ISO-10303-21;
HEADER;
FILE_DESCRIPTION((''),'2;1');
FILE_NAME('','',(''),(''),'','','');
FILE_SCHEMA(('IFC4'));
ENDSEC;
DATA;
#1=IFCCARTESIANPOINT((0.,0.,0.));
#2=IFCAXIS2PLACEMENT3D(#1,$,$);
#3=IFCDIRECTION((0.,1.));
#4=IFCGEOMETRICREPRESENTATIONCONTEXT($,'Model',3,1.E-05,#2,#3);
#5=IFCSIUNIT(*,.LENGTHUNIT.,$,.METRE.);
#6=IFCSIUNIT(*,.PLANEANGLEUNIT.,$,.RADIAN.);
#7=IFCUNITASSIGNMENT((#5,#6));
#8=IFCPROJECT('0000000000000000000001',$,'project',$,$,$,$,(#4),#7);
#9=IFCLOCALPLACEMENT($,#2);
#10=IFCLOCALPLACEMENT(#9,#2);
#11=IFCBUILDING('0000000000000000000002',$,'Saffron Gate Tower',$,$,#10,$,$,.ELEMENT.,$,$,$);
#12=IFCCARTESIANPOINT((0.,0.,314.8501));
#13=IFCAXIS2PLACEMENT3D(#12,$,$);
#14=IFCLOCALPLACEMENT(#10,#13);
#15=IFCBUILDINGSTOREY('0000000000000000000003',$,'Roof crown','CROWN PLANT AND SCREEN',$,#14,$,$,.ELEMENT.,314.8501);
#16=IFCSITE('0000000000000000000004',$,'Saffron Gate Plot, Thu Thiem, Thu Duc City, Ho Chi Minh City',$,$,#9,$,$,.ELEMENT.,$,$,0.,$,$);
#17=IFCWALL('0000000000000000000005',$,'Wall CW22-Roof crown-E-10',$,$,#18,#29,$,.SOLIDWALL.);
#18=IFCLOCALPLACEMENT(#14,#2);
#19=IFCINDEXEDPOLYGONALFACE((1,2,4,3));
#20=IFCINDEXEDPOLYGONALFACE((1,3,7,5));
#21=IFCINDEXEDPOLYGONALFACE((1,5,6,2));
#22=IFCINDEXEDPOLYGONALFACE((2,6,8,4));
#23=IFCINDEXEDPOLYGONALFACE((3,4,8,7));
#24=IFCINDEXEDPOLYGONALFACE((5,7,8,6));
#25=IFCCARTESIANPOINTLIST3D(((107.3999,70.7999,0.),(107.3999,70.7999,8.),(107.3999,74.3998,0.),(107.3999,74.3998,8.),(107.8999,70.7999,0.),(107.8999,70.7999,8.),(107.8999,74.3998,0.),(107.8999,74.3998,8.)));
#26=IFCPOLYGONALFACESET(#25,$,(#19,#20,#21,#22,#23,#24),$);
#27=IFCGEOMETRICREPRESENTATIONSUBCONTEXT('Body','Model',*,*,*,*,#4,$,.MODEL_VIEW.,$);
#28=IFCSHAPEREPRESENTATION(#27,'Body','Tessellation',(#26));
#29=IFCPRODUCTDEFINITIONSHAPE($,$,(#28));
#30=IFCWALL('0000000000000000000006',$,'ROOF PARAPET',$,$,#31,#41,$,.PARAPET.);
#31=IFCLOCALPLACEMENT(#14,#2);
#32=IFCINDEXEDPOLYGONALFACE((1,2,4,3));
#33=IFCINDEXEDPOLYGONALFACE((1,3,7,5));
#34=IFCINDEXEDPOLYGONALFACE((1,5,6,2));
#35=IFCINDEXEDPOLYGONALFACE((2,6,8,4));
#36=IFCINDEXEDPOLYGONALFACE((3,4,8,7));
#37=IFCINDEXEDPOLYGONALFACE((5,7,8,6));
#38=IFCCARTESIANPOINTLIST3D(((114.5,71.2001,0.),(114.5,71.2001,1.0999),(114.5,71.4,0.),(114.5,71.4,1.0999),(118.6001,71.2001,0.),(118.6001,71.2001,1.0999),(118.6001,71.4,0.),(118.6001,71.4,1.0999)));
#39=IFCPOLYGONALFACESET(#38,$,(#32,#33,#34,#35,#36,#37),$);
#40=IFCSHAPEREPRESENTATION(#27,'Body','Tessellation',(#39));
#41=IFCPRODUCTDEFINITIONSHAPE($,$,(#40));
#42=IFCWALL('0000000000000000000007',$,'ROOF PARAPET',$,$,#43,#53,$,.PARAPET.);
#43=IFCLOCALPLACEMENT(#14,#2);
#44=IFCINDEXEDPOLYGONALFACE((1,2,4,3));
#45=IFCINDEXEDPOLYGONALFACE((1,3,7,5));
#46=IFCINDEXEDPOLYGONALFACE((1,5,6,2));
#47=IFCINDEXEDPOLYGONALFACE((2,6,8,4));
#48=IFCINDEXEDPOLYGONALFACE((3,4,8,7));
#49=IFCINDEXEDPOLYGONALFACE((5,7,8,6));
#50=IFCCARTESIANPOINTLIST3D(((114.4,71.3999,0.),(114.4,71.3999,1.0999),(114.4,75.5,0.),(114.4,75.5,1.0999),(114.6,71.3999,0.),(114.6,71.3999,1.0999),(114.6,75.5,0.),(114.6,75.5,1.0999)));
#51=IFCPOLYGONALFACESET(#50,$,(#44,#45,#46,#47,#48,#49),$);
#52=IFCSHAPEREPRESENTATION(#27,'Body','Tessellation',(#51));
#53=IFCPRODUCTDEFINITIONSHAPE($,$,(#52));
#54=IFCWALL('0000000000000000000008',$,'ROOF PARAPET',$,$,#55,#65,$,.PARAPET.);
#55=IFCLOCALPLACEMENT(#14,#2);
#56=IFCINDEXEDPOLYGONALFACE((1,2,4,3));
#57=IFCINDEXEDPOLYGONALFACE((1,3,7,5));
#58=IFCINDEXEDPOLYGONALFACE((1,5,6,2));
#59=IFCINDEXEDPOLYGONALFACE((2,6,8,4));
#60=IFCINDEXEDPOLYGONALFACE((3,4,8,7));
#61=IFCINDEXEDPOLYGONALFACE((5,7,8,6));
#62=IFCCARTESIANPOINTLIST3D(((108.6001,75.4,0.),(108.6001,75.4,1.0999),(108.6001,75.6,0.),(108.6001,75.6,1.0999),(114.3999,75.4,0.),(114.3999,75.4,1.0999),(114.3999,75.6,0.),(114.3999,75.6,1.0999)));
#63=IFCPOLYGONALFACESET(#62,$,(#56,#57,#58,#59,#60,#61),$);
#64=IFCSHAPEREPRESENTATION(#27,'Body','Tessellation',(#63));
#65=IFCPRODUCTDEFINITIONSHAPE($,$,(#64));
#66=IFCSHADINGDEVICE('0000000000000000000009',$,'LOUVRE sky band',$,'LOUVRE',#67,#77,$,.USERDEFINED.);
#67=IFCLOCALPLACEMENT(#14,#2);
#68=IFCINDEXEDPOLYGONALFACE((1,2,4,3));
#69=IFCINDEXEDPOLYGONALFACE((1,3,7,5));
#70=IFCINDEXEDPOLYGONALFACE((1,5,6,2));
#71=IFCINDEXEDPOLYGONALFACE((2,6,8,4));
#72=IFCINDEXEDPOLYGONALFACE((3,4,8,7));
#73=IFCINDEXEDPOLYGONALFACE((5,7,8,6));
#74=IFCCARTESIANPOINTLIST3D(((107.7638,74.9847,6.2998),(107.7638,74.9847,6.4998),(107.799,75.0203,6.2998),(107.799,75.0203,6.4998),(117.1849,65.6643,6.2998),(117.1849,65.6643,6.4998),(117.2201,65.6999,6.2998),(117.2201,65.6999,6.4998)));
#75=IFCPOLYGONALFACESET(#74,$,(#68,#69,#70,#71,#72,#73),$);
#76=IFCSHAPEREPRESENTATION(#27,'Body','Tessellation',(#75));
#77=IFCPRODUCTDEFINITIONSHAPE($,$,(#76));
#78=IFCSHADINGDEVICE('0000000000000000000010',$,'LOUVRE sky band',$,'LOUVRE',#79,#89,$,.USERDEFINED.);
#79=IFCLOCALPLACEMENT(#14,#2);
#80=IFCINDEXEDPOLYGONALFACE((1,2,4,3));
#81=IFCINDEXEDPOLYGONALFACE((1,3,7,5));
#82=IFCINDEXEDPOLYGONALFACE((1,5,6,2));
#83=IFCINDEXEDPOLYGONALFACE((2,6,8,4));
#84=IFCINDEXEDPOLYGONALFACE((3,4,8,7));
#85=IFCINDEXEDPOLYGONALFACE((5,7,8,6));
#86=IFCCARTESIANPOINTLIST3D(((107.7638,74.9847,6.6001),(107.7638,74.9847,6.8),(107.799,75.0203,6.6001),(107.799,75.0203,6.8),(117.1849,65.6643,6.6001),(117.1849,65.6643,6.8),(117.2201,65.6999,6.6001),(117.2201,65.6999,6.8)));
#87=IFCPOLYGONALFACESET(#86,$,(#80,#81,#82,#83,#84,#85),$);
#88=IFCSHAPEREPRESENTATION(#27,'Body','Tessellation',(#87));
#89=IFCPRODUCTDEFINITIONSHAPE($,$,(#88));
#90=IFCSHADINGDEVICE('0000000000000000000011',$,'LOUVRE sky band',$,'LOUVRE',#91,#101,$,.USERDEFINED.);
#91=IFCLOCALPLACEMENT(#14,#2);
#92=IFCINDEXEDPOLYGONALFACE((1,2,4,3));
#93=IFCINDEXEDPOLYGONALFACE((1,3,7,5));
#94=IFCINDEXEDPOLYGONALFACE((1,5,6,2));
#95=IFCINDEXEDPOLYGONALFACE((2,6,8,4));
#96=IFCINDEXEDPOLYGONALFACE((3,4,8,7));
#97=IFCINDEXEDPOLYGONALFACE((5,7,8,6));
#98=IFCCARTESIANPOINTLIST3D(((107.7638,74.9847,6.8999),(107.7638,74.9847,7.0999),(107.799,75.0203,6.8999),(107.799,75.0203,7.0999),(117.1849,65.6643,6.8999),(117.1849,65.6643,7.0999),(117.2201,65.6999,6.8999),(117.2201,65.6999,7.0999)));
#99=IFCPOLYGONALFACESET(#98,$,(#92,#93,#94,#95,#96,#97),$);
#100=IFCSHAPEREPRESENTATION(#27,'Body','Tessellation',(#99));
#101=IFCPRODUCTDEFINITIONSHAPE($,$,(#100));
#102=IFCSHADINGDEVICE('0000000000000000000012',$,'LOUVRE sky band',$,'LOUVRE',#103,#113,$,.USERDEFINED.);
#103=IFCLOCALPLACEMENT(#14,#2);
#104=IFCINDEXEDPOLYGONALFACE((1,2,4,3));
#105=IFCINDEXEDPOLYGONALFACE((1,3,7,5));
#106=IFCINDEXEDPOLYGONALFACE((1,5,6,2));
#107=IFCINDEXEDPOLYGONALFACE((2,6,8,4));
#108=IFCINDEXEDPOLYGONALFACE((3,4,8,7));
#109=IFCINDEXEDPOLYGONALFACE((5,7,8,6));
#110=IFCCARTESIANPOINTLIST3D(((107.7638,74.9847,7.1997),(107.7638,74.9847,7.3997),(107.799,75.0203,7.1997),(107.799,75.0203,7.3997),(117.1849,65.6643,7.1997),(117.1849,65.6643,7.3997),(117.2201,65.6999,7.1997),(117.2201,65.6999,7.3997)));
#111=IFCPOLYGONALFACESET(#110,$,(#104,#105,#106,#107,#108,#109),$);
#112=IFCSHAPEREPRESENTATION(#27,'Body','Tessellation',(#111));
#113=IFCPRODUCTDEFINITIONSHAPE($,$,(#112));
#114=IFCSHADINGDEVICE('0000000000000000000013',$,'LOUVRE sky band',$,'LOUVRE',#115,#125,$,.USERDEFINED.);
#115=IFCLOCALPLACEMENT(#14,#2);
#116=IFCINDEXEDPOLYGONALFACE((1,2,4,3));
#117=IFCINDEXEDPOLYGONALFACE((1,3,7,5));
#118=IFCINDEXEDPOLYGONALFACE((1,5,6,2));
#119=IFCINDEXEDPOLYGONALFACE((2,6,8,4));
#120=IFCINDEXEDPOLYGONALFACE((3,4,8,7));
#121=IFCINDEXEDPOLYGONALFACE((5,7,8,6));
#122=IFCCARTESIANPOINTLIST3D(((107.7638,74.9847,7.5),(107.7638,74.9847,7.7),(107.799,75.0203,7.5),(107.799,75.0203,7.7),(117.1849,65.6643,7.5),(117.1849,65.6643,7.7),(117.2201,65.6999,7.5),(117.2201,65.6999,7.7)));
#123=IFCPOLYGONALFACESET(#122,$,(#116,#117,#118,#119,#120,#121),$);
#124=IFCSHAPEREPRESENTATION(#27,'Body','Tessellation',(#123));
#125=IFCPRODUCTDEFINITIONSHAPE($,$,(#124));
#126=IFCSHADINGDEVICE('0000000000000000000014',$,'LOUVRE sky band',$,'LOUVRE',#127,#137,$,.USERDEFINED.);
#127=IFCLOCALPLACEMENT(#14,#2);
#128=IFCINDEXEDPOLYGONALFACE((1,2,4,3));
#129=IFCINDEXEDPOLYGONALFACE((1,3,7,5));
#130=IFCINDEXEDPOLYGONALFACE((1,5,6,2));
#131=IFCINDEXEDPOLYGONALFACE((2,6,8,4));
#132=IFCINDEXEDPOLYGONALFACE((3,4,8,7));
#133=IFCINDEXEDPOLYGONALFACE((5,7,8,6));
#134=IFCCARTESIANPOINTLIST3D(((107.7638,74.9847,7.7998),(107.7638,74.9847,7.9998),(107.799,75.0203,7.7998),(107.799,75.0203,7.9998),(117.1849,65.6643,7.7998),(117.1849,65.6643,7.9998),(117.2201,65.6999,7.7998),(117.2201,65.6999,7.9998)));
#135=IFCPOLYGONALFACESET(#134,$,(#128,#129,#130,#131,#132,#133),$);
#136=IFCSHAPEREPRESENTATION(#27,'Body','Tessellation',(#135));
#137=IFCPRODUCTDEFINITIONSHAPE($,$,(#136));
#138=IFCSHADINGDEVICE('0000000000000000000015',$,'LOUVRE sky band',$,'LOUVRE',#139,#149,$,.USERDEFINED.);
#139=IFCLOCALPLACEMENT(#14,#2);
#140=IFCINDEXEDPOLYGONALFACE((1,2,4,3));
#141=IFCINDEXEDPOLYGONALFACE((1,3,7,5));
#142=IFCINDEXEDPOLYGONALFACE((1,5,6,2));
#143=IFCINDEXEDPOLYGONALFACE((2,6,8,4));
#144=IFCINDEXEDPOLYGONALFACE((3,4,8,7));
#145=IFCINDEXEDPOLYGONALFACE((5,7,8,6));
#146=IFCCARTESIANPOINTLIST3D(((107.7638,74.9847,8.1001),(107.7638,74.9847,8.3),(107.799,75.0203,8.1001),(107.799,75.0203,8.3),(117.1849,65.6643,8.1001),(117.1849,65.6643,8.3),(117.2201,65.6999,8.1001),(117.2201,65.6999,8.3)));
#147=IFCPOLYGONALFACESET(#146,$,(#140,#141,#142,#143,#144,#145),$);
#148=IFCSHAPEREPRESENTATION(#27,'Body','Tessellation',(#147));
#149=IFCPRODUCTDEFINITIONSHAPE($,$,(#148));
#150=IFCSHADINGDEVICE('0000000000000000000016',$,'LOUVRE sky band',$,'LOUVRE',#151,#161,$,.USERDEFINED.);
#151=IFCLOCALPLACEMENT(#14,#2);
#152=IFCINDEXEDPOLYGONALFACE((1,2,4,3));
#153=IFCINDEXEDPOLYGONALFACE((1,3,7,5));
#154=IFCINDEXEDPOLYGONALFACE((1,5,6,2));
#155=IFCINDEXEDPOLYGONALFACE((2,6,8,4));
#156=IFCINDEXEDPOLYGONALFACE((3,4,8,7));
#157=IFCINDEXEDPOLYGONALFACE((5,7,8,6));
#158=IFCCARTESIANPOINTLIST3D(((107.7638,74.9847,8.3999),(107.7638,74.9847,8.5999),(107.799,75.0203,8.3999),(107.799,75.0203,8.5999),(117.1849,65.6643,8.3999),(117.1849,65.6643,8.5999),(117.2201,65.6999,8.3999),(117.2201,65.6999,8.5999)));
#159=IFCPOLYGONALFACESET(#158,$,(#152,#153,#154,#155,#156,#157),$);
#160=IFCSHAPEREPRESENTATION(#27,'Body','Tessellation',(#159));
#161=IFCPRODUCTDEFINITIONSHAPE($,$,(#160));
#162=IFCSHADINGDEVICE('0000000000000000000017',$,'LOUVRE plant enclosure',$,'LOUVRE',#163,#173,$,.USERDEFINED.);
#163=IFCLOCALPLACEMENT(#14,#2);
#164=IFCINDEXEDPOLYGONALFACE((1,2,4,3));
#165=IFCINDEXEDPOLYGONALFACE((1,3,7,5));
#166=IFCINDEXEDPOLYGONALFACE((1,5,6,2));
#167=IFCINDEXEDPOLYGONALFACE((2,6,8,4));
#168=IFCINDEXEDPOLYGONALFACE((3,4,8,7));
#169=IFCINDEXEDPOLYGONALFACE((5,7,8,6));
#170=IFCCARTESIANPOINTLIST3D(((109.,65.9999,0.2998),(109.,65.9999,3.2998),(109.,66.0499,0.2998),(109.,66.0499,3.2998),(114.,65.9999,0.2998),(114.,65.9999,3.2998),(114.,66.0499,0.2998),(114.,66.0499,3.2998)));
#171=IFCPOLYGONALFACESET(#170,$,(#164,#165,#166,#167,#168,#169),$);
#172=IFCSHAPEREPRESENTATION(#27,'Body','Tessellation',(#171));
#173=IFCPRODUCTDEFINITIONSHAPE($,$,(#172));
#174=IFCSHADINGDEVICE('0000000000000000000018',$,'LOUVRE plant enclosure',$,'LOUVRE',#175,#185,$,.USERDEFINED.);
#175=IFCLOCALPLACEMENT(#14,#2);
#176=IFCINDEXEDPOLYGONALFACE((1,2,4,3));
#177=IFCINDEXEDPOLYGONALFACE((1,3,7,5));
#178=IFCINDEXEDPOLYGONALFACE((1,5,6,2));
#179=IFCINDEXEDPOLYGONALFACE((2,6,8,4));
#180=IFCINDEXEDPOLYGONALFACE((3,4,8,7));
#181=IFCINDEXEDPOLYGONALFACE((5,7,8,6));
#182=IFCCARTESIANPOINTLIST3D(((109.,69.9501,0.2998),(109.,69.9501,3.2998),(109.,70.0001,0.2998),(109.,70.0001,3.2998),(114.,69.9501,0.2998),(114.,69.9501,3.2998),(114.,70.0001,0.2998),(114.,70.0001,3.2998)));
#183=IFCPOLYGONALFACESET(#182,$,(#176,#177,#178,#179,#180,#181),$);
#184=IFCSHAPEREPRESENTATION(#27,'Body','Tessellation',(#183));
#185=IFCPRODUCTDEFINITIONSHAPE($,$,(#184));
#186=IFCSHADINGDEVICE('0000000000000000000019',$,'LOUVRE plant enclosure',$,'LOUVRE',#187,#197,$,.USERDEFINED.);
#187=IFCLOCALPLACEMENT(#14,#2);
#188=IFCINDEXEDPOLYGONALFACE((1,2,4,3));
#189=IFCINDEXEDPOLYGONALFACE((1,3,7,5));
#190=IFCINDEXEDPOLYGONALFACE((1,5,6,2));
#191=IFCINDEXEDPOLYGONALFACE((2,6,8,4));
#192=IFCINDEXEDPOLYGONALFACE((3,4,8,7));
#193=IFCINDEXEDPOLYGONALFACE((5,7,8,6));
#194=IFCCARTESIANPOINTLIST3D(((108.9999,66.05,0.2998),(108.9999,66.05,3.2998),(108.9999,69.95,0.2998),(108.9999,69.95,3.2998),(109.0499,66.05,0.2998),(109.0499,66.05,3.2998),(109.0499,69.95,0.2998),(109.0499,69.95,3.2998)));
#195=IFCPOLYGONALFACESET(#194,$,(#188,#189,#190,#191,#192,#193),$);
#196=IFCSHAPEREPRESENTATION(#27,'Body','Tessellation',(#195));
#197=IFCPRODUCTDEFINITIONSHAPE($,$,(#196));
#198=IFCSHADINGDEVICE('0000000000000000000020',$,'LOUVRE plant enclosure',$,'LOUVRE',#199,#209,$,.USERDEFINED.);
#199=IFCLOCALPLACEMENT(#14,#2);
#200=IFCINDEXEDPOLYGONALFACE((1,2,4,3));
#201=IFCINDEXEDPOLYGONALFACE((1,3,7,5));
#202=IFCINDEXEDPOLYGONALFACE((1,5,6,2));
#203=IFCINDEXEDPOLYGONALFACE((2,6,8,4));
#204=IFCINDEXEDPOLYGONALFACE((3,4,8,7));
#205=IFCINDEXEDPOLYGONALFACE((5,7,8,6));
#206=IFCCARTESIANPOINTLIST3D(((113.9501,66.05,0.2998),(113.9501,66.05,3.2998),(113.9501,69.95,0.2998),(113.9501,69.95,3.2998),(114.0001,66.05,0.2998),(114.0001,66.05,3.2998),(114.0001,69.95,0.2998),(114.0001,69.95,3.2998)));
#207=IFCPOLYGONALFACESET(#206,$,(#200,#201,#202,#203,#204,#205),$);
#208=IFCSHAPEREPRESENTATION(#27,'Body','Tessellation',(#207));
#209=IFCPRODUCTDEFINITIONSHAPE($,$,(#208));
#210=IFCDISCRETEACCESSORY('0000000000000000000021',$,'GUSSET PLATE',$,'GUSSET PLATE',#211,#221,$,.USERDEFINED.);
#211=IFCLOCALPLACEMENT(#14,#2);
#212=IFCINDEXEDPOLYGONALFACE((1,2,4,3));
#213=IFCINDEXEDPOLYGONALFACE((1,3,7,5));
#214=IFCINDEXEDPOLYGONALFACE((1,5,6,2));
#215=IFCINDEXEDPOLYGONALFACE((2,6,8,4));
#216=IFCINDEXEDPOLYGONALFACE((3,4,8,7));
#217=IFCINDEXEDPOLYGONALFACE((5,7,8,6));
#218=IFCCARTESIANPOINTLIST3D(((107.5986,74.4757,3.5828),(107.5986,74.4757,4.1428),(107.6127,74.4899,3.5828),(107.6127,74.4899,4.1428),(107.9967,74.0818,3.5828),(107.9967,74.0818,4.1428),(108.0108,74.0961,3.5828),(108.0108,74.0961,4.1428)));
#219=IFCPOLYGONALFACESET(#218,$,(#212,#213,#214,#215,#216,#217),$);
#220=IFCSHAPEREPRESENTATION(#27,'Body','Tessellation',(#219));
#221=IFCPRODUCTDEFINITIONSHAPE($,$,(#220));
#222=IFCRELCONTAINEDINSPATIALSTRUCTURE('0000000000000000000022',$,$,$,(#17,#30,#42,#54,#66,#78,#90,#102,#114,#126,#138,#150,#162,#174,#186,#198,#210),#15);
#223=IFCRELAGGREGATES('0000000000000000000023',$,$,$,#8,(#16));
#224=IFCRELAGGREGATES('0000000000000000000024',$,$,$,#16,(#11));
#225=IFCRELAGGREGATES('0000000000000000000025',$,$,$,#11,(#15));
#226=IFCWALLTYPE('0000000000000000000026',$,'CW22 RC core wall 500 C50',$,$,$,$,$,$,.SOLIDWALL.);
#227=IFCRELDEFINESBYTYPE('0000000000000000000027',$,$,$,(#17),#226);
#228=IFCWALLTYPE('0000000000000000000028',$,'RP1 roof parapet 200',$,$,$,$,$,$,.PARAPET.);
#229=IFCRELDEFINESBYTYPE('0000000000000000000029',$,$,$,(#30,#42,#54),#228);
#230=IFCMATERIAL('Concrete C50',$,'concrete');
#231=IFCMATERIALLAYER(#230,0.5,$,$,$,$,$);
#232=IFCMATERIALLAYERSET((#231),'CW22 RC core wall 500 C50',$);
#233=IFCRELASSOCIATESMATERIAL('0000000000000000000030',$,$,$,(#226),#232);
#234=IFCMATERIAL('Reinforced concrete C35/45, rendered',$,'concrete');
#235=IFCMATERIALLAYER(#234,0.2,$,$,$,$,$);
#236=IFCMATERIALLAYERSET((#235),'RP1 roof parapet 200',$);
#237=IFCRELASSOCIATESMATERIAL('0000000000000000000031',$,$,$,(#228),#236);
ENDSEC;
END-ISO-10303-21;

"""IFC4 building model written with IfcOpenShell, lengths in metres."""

from ifc_helpers import new_model, si_unit, direction, frame, frame_2d, origin, origin_2d, place, context, subcontext, project, spatial, rectangle, extrude, material, layer, layer_set, type_object, element, save


model = new_model("IFC4")

# Units and contexts
model_context = context("Model", 3, precision=1e-05, world=origin(), true_north=direction((0.0, 1.0)))
body_context = subcontext(model_context, "Body", "Model", "MODEL_VIEW")
ifc_project = project(units=[si_unit("LENGTHUNIT", "METRE"), si_unit("PLANEANGLEUNIT", "RADIAN")], contexts=[model_context])

# Site, building, storey
site_placement = place(None, origin())
site = spatial("IfcSite", under=ifc_project, at=site_placement, Name="Saffron Gate Plot, Thu Thiem, Thu Duc City, Ho Chi Minh City", CompositionType="ELEMENT", RefElevation=0.0)
building_placement = place(site_placement, origin())
building = spatial("IfcBuilding", under=site, at=building_placement, Name="Saffron Gate Tower", CompositionType="ELEMENT")
storey_placement = place(building_placement, frame((0.0, 0.0, 314.8501)))
storey = spatial("IfcBuildingStorey", under=building, at=storey_placement, Name="Roof crown", Description="CROWN PLANT AND SCREEN", CompositionType="ELEMENT", Elevation=314.8501)

# Walls
ifc_material_1 = material(Name="Concrete C50", Category="concrete")
ifc_layer_1 = layer(ifc_material_1, 0.5)
ifc_layer_set_1 = layer_set([ifc_layer_1], Name="CW22 RC core wall 500 C50")
wall_type_1 = type_object("IfcWallType", Name="CW22 RC core wall 500 C50", PredefinedType="SOLIDWALL", material=ifc_layer_set_1)
wall_1_placement = place(storey_placement, frame((107.6499, 70.8, 0.0), z_axis=(0.0, 0.0, 1.0), x_axis=(0.0, 1.0, 0.0)))
element("IfcWall", 1, at=wall_1_placement, inside=storey, type_object=wall_type_1, Name="Wall CW22-Roof crown-E-10", PredefinedType="SOLIDWALL", context=body_context, shape_type="SweptSolid", body=[
    extrude(rectangle(XDim=3.5999, YDim=0.5, at=frame_2d((1.7998, 0.0))), origin(), (0.0, 0.0, 1.0), 8.0),
])
ifc_material_2 = material(Name="Reinforced concrete C35/45, rendered", Category="concrete")
ifc_layer_2 = layer(ifc_material_2, 0.2)
ifc_layer_set_2 = layer_set([ifc_layer_2], Name="RP1 roof parapet 200")
wall_type_2 = type_object("IfcWallType", Name="RP1 roof parapet 200", PredefinedType="PARAPET", material=ifc_layer_set_2)
for number, where, z_axis, x_axis, name in (
    (2, (118.6001, 71.3, 0.0), (0.0, 0.0, 1.0), (-1.0, 0.0, 0.0), "ROOF PARAPET"),
    (3, (114.5, 71.3999, 0.0), (0.0, 0.0, 1.0), (0.0, 1.0, 0.0), "ROOF PARAPET"),
):
    element("IfcWall", number, at=place(storey_placement, frame(where, z_axis=z_axis, x_axis=x_axis)), inside=storey, type_object=wall_type_2, Name=name, PredefinedType="PARAPET", context=body_context, shape_type="SweptSolid", body=[
        extrude(rectangle(XDim=4.1001, YDim=0.2, at=frame_2d((2.05, 0.0))), origin(), (0.0, 0.0, 1.0), 1.0999),
    ])
wall_2_placement = place(storey_placement, frame((114.3999, 75.5, 0.0), z_axis=(0.0, 0.0, 1.0), x_axis=(-1.0, 0.0, 0.0)))
element("IfcWall", 4, at=wall_2_placement, inside=storey, type_object=wall_type_2, Name="ROOF PARAPET", PredefinedType="PARAPET", context=body_context, shape_type="SweptSolid", body=[
    extrude(rectangle(XDim=5.7998, YDim=0.2, at=frame_2d((2.8999, 0.0))), origin(), (0.0, 0.0, 1.0), 1.0999),
])

# Shading devices
for number, where, z_axis, x_axis, name in (
    (5, (112.4919, 70.3423, 6.2998), (0.0, 0.0, 1.0), (-0.710898, 0.703295, 0.0), "LOUVRE sky band"),
    (6, (112.4919, 70.3423, 6.6001), (0.0, 0.0, 1.0), (-0.710898, 0.703295, 0.0), "LOUVRE sky band"),
    (7, (112.4919, 70.3423, 6.8999), (0.0, 0.0, 1.0), (-0.710898, 0.703295, 0.0), "LOUVRE sky band"),
    (8, (112.4919, 70.3423, 7.1997), (0.0, 0.0, 1.0), (-0.710898, 0.703295, 0.0), "LOUVRE sky band"),
    (9, (112.4919, 70.3423, 7.5), (0.0, 0.0, 1.0), (-0.710898, 0.703295, 0.0), "LOUVRE sky band"),
    (10, (112.4919, 70.3423, 7.7998), (0.0, 0.0, 1.0), (-0.710898, 0.703295, 0.0), "LOUVRE sky band"),
    (11, (112.4919, 70.3423, 8.1001), (0.0, 0.0, 1.0), (-0.710898, 0.703295, 0.0), "LOUVRE sky band"),
    (12, (112.4919, 70.3423, 8.3999), (0.0, 0.0, 1.0), (-0.710898, 0.703295, 0.0), "LOUVRE sky band"),
):
    element("IfcShadingDevice", number, at=place(storey_placement, frame(where, z_axis=z_axis, x_axis=x_axis)), inside=storey, Name=name, ObjectType="LOUVRE", PredefinedType="USERDEFINED", context=body_context, shape_type="SweptSolid", body=[
        extrude(rectangle(XDim=13.2524, YDim=0.05, at=origin_2d()), origin(), (0.0, 0.0, 1.0), 0.2),
    ])
for number, where, z_axis, x_axis, name in (
    (13, (111.5, 66.0249, 0.2998), (0.0, 0.0, 1.0), (1.0, 0.0, 0.0), "LOUVRE plant enclosure"),
    (14, (111.5, 69.9751, 0.2998), (0.0, 0.0, 1.0), (1.0, 0.0, 0.0), "LOUVRE plant enclosure"),
):
    element("IfcShadingDevice", number, at=place(storey_placement, frame(where, z_axis=z_axis, x_axis=x_axis)), inside=storey, Name=name, ObjectType="LOUVRE", PredefinedType="USERDEFINED", context=body_context, shape_type="SweptSolid", body=[
        extrude(rectangle(XDim=5.0, YDim=0.05, at=origin_2d()), origin(), (0.0, 0.0, 1.0), 3.0),
    ])
for number, where, z_axis, x_axis, name in (
    (15, (109.0249, 68.0, 0.2998), (0.0, 0.0, 1.0), (1.0, 0.0, 0.0), "LOUVRE plant enclosure"),
    (16, (113.9751, 68.0, 0.2998), (0.0, 0.0, 1.0), (1.0, 0.0, 0.0), "LOUVRE plant enclosure"),
):
    element("IfcShadingDevice", number, at=place(storey_placement, frame(where, z_axis=z_axis, x_axis=x_axis)), inside=storey, Name=name, ObjectType="LOUVRE", PredefinedType="USERDEFINED", context=body_context, shape_type="SweptSolid", body=[
        extrude(rectangle(XDim=0.05, YDim=3.8999, at=origin_2d()), origin(), (0.0, 0.0, 1.0), 3.0),
    ])

# Discrete accessory
discrete_accessory_1_placement = place(storey_placement, frame((107.8047, 74.2859, 3.5828), z_axis=(0.0, 0.0, 1.0), x_axis=(-0.710901, 0.703292, 0.0)))
element("IfcDiscreteAccessory", 17, at=discrete_accessory_1_placement, inside=storey, Name="GUSSET PLATE", ObjectType="GUSSET PLATE", PredefinedType="USERDEFINED", context=body_context, shape_type="SweptSolid", body=[
    extrude(rectangle(XDim=0.5601, YDim=0.02, at=origin_2d()), origin(), (0.0, 0.0, 1.0), 0.5601),
])

save(model, "model.ifc")
